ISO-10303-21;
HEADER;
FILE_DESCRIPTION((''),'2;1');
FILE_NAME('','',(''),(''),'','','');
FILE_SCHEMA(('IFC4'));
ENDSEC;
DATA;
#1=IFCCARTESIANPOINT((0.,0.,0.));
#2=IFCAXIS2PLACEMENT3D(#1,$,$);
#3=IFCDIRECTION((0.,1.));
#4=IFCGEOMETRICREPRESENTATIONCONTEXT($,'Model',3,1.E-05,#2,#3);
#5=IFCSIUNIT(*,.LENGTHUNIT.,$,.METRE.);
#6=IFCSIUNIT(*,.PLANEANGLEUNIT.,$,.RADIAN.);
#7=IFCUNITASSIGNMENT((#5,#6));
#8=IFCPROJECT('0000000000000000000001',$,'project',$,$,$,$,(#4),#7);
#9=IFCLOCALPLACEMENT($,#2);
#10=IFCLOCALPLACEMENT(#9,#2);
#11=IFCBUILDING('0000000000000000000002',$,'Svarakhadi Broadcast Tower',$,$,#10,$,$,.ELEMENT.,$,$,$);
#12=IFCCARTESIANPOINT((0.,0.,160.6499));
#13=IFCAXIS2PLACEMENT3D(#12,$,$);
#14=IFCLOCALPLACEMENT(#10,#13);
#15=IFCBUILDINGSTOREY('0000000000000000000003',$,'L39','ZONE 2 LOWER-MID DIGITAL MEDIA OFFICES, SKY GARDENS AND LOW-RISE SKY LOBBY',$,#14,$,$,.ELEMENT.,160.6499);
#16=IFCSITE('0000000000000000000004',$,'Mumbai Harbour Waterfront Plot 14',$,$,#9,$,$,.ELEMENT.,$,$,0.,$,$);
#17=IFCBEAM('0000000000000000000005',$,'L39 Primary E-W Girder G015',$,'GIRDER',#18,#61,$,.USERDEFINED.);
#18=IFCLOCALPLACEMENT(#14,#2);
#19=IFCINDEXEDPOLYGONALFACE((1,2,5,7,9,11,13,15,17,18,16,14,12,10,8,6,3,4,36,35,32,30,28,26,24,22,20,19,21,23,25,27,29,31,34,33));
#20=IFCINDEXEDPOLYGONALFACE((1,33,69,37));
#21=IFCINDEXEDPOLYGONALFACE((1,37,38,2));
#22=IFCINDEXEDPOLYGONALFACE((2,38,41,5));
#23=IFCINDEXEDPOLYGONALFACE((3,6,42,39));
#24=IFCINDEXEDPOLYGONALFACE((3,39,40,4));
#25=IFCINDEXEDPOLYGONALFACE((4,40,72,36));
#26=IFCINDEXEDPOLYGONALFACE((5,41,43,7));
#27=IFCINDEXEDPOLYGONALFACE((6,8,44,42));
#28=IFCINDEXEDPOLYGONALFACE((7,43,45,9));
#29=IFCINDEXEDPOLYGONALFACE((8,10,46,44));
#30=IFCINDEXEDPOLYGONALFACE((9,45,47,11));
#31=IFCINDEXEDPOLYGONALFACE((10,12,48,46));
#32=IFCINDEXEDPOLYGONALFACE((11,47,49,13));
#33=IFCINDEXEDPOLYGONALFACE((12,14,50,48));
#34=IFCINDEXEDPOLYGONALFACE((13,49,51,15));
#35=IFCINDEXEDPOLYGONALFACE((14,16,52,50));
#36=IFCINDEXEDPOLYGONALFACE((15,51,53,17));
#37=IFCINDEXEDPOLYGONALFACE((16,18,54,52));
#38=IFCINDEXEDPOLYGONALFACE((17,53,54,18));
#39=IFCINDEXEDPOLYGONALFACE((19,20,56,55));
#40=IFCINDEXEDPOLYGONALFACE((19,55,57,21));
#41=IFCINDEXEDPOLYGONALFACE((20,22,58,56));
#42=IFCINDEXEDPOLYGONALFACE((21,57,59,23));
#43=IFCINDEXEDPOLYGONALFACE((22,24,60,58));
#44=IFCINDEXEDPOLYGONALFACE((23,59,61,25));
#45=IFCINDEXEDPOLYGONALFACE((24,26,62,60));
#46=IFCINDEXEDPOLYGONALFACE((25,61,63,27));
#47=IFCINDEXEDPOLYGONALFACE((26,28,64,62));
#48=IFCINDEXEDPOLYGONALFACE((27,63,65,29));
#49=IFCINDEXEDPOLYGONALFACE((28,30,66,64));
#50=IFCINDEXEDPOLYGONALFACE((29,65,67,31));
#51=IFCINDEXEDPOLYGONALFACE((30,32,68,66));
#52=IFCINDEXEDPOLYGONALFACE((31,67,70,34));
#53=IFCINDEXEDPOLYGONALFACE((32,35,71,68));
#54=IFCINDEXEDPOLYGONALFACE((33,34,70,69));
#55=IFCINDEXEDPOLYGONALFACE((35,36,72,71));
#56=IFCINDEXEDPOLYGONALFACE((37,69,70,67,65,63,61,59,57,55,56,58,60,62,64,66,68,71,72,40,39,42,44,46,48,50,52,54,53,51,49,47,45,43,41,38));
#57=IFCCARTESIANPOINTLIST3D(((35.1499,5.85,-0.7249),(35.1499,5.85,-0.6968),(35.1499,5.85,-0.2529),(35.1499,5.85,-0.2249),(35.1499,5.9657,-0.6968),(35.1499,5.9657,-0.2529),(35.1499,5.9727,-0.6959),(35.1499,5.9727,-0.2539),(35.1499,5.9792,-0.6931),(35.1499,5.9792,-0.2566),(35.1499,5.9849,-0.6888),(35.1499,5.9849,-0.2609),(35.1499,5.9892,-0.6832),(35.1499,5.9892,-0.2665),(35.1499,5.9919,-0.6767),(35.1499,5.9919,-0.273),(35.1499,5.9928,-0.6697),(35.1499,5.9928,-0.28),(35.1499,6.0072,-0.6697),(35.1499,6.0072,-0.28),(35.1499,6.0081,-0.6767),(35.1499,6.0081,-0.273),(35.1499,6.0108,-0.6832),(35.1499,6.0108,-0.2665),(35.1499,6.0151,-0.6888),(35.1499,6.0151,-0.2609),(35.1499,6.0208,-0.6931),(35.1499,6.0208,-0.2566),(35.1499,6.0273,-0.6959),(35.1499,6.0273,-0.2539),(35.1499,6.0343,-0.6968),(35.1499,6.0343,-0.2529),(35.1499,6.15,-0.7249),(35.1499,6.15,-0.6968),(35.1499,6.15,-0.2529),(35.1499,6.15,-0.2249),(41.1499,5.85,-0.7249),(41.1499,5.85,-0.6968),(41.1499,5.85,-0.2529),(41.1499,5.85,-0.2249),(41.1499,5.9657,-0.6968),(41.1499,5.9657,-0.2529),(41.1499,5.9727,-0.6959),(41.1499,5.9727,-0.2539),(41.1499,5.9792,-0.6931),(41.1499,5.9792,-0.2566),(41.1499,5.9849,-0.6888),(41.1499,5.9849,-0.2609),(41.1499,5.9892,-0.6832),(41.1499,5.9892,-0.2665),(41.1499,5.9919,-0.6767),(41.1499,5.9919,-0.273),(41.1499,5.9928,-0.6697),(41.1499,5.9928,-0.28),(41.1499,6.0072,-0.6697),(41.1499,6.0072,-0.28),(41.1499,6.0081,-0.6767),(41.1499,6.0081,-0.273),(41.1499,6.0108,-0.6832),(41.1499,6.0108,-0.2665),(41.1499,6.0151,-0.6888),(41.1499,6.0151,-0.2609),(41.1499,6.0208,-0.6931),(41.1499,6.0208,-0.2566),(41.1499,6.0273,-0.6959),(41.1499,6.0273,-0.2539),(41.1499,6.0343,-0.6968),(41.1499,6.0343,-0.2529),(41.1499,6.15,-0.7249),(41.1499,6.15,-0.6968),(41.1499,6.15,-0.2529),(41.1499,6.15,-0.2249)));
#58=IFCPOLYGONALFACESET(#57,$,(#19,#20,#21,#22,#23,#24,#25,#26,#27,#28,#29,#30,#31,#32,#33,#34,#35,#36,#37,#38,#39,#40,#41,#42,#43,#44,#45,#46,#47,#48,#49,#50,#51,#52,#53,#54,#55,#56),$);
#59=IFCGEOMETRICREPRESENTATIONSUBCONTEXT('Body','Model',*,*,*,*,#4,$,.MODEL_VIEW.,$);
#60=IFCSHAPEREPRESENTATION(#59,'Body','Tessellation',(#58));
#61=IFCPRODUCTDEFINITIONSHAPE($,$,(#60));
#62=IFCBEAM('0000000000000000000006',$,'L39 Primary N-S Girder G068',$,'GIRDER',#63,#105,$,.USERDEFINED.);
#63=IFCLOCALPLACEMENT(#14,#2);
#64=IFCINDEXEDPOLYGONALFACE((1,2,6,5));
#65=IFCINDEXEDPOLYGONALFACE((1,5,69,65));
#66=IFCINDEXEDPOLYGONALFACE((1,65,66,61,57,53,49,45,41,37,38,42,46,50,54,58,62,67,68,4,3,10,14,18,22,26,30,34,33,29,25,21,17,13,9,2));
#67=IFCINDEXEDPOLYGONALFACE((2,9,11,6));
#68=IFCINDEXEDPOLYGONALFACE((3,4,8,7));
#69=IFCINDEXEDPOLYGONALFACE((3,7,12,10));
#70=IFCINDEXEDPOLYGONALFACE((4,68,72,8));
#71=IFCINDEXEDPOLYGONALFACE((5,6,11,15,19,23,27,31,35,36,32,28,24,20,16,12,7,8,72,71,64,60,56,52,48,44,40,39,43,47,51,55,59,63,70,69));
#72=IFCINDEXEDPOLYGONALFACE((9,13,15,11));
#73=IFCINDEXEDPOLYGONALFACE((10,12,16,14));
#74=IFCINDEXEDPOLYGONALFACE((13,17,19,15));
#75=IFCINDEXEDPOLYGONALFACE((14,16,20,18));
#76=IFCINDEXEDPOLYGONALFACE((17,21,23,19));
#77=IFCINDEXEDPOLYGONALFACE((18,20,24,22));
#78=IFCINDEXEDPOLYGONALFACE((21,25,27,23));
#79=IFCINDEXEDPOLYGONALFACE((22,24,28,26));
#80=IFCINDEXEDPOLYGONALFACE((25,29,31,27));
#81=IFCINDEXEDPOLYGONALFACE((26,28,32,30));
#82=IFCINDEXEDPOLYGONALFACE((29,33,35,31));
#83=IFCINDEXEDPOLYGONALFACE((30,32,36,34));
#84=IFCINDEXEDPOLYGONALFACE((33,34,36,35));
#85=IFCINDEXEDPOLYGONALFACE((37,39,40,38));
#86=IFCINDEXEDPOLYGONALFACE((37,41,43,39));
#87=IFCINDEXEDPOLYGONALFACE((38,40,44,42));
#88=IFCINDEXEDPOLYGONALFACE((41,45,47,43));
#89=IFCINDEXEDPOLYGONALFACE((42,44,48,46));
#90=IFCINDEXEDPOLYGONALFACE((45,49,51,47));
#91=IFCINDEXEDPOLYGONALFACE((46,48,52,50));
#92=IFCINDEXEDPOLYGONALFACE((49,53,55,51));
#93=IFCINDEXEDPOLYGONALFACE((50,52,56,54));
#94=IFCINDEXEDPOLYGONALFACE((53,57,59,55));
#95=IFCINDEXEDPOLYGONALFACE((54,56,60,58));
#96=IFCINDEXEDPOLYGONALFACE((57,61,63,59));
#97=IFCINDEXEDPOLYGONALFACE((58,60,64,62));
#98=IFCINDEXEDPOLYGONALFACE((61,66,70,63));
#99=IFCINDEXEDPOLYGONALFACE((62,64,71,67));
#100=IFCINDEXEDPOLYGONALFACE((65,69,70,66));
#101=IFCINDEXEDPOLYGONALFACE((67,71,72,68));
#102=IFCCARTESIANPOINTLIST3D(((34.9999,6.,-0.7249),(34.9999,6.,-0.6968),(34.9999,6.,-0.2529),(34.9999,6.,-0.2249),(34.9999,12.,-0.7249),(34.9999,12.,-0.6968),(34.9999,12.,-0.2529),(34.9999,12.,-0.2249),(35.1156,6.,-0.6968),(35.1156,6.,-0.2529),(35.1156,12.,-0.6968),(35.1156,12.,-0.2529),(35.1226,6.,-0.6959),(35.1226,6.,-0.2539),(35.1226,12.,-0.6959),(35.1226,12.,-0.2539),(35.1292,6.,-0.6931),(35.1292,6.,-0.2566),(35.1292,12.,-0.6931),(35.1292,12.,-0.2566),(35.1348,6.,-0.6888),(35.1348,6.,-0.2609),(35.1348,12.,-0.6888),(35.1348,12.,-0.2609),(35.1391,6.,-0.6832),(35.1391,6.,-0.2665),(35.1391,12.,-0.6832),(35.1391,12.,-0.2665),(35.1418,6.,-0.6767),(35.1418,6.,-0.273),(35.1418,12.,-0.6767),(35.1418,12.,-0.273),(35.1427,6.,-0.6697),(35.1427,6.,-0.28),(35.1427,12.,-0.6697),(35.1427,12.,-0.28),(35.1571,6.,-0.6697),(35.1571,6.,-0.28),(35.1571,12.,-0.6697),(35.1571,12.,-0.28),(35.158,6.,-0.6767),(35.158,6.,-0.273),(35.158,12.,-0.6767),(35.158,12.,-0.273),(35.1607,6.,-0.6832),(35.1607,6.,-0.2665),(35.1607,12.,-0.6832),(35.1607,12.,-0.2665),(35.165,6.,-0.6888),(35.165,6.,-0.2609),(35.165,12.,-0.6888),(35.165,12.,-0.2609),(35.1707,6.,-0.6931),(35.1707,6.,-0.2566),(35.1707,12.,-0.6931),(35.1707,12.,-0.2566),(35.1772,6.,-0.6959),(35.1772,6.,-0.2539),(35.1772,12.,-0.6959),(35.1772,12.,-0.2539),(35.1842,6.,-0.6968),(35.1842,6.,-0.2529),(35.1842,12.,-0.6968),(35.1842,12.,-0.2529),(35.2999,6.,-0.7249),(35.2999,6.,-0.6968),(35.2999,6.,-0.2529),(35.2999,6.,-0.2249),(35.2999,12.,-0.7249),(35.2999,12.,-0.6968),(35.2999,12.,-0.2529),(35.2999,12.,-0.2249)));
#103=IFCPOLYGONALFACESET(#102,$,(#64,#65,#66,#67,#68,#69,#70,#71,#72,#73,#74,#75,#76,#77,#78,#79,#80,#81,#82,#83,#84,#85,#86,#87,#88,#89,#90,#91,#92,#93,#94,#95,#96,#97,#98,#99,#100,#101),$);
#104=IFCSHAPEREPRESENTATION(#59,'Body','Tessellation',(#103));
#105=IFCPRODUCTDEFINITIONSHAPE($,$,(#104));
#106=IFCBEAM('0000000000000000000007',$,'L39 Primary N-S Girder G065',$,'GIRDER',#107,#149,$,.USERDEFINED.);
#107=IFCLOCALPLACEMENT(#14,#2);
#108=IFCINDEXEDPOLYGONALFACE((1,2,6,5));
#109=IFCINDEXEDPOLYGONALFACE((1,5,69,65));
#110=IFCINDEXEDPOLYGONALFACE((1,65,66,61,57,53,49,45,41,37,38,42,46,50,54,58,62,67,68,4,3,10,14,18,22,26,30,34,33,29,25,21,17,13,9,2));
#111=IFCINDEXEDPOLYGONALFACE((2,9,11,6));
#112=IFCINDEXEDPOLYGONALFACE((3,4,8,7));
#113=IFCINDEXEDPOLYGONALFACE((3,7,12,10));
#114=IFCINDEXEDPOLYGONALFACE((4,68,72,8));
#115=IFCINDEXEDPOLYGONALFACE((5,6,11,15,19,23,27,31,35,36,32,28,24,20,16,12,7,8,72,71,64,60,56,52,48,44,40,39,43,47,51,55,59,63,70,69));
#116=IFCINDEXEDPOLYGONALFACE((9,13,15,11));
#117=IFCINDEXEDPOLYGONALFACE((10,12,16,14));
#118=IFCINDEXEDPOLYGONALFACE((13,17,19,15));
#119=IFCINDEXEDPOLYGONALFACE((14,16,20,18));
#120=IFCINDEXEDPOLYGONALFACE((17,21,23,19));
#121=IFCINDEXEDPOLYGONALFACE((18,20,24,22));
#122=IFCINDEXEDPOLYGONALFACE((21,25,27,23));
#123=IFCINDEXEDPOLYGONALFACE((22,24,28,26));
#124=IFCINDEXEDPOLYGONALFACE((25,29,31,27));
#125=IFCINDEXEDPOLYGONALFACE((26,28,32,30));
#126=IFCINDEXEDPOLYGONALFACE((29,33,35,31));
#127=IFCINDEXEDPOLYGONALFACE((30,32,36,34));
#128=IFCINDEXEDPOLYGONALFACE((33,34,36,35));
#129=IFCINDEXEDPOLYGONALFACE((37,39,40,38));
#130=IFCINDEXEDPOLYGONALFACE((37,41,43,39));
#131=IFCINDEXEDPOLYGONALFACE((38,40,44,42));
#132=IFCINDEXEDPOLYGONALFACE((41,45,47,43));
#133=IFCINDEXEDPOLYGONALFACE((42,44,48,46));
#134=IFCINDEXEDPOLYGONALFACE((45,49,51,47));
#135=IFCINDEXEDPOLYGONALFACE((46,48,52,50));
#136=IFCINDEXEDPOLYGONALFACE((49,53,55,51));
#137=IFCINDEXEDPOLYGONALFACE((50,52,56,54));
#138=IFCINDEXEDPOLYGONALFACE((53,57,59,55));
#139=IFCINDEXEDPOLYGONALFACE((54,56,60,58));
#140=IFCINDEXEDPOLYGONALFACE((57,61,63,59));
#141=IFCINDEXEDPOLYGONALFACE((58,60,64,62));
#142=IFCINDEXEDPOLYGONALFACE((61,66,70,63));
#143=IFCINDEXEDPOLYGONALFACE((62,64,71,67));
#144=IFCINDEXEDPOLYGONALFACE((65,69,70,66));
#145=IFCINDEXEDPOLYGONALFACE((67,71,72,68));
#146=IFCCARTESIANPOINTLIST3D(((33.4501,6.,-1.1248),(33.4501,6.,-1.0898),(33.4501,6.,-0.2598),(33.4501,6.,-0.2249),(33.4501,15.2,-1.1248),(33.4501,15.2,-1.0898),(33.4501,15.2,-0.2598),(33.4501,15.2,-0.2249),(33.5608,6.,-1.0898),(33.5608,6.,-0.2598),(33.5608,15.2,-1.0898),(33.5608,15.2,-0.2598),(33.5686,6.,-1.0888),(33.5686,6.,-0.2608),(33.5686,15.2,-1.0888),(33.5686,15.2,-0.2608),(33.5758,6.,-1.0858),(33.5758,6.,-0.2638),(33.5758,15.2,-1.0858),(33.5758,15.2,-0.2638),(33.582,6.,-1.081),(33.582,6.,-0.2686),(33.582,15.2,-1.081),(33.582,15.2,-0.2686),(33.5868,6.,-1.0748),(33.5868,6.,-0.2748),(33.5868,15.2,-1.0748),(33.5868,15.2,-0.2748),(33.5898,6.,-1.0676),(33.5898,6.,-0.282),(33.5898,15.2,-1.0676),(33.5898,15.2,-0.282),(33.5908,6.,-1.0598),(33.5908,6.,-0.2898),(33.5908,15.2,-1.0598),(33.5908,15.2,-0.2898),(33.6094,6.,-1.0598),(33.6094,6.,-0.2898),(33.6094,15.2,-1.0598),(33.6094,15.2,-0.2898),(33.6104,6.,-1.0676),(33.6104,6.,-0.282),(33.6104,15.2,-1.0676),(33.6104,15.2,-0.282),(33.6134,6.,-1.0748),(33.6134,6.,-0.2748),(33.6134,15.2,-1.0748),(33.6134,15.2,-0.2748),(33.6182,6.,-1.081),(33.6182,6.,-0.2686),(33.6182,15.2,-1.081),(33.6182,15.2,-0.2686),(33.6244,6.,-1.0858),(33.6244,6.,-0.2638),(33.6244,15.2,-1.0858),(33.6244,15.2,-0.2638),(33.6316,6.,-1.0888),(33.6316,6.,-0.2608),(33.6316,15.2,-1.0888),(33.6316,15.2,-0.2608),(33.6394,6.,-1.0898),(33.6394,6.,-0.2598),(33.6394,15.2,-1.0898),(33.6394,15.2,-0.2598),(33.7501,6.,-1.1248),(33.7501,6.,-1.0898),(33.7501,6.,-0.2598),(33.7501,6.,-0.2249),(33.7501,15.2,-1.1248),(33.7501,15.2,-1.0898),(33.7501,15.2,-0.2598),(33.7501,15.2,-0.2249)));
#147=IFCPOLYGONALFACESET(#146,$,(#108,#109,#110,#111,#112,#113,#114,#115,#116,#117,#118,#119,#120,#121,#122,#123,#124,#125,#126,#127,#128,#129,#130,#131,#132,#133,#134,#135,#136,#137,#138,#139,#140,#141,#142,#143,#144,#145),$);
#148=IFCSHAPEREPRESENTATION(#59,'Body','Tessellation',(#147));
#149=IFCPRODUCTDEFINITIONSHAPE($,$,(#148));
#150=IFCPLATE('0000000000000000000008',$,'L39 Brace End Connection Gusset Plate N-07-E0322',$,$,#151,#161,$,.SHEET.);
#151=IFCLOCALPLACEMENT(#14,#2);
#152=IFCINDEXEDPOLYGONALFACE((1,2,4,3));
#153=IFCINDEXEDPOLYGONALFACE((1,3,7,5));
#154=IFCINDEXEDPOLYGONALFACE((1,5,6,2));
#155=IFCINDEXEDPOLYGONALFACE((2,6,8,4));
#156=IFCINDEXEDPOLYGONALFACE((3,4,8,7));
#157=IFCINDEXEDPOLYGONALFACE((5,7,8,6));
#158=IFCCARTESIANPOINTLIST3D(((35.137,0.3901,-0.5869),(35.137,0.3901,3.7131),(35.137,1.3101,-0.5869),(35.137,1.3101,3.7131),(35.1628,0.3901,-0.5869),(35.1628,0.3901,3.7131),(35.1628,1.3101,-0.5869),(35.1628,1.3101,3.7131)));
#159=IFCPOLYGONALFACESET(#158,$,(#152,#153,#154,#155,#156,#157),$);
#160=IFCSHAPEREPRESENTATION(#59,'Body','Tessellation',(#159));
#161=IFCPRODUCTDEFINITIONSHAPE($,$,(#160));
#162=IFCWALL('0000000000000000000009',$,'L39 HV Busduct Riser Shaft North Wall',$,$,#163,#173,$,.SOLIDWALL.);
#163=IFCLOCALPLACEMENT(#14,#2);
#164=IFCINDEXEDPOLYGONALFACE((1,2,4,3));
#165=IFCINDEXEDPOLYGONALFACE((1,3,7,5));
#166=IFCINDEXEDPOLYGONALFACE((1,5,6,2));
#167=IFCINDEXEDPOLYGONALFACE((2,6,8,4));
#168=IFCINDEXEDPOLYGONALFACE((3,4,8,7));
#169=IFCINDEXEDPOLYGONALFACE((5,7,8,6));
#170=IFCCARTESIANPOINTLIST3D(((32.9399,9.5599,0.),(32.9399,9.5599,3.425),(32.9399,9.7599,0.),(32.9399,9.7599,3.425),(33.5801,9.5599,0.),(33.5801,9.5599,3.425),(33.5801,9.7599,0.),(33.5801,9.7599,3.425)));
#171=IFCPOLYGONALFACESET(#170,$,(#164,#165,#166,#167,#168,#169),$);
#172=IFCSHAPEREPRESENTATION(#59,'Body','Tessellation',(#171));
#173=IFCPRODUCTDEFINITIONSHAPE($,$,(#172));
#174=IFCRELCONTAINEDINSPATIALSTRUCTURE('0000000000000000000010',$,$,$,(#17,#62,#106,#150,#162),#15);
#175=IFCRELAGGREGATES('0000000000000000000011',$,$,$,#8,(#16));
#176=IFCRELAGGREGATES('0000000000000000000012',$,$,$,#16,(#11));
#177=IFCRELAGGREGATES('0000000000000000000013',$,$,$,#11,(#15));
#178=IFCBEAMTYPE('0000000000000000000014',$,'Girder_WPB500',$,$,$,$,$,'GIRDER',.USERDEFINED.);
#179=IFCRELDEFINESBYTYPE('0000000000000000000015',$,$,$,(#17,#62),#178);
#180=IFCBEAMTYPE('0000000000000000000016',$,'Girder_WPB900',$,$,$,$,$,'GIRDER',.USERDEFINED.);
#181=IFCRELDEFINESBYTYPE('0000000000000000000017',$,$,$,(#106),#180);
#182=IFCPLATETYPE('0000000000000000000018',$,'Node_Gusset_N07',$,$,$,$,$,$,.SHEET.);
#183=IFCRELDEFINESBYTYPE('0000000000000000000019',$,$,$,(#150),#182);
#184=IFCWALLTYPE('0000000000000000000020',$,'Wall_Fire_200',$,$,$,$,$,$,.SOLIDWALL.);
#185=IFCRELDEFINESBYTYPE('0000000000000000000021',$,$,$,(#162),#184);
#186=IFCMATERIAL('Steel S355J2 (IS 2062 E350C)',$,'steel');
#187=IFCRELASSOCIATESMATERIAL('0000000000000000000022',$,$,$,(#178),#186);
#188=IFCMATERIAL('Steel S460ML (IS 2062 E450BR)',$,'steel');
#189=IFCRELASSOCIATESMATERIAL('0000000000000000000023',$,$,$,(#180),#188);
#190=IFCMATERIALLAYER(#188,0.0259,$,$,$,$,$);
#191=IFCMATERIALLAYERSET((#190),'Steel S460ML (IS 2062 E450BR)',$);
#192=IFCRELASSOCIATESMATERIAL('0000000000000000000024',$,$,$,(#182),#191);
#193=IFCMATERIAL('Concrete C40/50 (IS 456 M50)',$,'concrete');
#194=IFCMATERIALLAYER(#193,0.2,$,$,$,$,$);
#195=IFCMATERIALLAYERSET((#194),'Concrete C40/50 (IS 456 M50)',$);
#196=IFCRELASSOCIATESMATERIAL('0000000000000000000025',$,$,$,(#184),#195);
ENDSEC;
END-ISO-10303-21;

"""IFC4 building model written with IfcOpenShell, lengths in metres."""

from ifc_helpers import new_model, si_unit, direction, frame, frame_2d, origin, origin_2d, place, context, subcontext, project, spatial, rectangle, i_section, extrude, material, layer, layer_set, material_profile, profile_set, type_object, element, save


model = new_model("IFC4")

# Units and contexts
model_context = context("Model", 3, precision=1e-05, world=origin(), true_north=direction((0.0, 1.0)))
body_context = subcontext(model_context, "Body", "Model", "MODEL_VIEW")
ifc_project = project(units=[si_unit("LENGTHUNIT", "METRE"), si_unit("PLANEANGLEUNIT", "RADIAN")], contexts=[model_context])

# Site, building, storey
site_placement = place(None, origin())
site = spatial("IfcSite", under=ifc_project, at=site_placement, Name="Mumbai Harbour Waterfront Plot 14", CompositionType="ELEMENT", RefElevation=0.0)
building_placement = place(site_placement, origin())
building = spatial("IfcBuilding", under=site, at=building_placement, Name="Svarakhadi Broadcast Tower", CompositionType="ELEMENT")
storey_placement = place(building_placement, frame((0.0, 0.0, 160.6499)))
storey = spatial("IfcBuildingStorey", under=building, at=storey_placement, Name="L39", Description="ZONE 2 LOWER-MID DIGITAL MEDIA OFFICES, SKY GARDENS AND LOW-RISE SKY LOBBY", CompositionType="ELEMENT", Elevation=160.6499)

# Shared definitions
ifc_material_1 = material(Name="Steel S460ML (IS 2062 E450BR)", Category="steel")

# Beams
ifc_material_2 = material(Name="Steel S355J2 (IS 2062 E350C)", Category="steel")
ifc_material_profile_1 = material_profile(ifc_material_2, i_section(OverallWidth=0.3, OverallDepth=0.5, WebThickness=0.0144, FlangeThickness=0.0281, FilletRadius=0.0271, at=origin_2d()), Name="WPB 500x300x187")
ifc_profile_set_1 = profile_set([ifc_material_profile_1], Name="Steel S355J2 (IS 2062 E350C)")
beam_type_1 = type_object("IfcBeamType", Name="Girder_WPB500", ElementType="GIRDER", PredefinedType="USERDEFINED", material=ifc_profile_set_1)
for number, where, z_axis, x_axis, name in (
    (1, (35.1499, 6.0, -0.4749), (1.0, 0.0, 0.0), (0.0, 1.0, 0.0), "L39 Primary E-W Girder G015"),
    (2, (35.1499, 6.0, -0.4749), (0.0, 1.0, 0.0), (-1.0, 0.0, 0.0), "L39 Primary N-S Girder G068"),
):
    element("IfcBeam", number, at=place(storey_placement, frame(where, z_axis=z_axis, x_axis=x_axis)), inside=storey, type_object=beam_type_1, Name=name, ObjectType="GIRDER", PredefinedType="USERDEFINED", context=body_context, shape_type="SweptSolid", body=[
        extrude(i_section(OverallWidth=0.3, OverallDepth=0.5, WebThickness=0.0144, FlangeThickness=0.0281, FilletRadius=0.0271, at=origin_2d()), origin(), (0.0, 0.0, 1.0), 6.0),
    ])
ifc_material_profile_2 = material_profile(ifc_material_1, i_section(OverallWidth=0.3, OverallDepth=0.8999, WebThickness=0.0186, FlangeThickness=0.0349, FilletRadius=0.03, at=origin_2d()), Name="WPB 900x300x291")
ifc_profile_set_2 = profile_set([ifc_material_profile_2], Name="Steel S460ML (IS 2062 E450BR)")
beam_type_2 = type_object("IfcBeamType", Name="Girder_WPB900", ElementType="GIRDER", PredefinedType="USERDEFINED", material=ifc_profile_set_2)
beam_placement = place(storey_placement, frame((33.6001, 6.0, -0.6748), z_axis=(0.0, 1.0, 0.0), x_axis=(-1.0, 0.0, 0.0)))
element("IfcBeam", 3, at=beam_placement, inside=storey, type_object=beam_type_2, Name="L39 Primary N-S Girder G065", ObjectType="GIRDER", PredefinedType="USERDEFINED", context=body_context, shape_type="SweptSolid", body=[
    extrude(i_section(OverallWidth=0.3, OverallDepth=0.8999, WebThickness=0.0186, FlangeThickness=0.0349, FilletRadius=0.03, at=origin_2d()), origin(), (0.0, 0.0, 1.0), 9.2),
])

# Plate
ifc_layer_1 = layer(ifc_material_1, 0.0259)
ifc_layer_set_1 = layer_set([ifc_layer_1], Name="Steel S460ML (IS 2062 E450BR)")
plate_type = type_object("IfcPlateType", Name="Node_Gusset_N07", PredefinedType="SHEET", material=ifc_layer_set_1)
plate_placement = place(storey_placement, frame((35.1499, 0.8501, -0.5869), z_axis=(0.0, 0.0, 1.0), x_axis=(0.0, 1.0, 0.0)))
element("IfcPlate", 4, at=plate_placement, inside=storey, type_object=plate_type, Name="L39 Brace End Connection Gusset Plate N-07-E0322", PredefinedType="SHEET", context=body_context, shape_type="SweptSolid", body=[
    extrude(rectangle(XDim=0.9199, YDim=0.0259, at=origin_2d()), origin(), (0.0, 0.0, 1.0), 4.3),
])

# Wall
ifc_material_3 = material(Name="Concrete C40/50 (IS 456 M50)", Category="concrete")
ifc_layer_2 = layer(ifc_material_3, 0.2)
ifc_layer_set_2 = layer_set([ifc_layer_2], Name="Concrete C40/50 (IS 456 M50)")
wall_type_1 = type_object("IfcWallType", Name="Wall_Fire_200", PredefinedType="SOLIDWALL", material=ifc_layer_set_2)
wall_1_placement = place(storey_placement, frame((32.9399, 9.6599, 0.0), z_axis=(0.0, 0.0, 1.0), x_axis=(1.0, 0.0, 0.0)))
element("IfcWall", 5, at=wall_1_placement, inside=storey, type_object=wall_type_1, Name="L39 HV Busduct Riser Shaft North Wall", PredefinedType="SOLIDWALL", context=body_context, shape_type="SweptSolid", body=[
    extrude(rectangle(XDim=0.6401, YDim=0.2, at=frame_2d((0.3201, 0.0))), origin(), (0.0, 0.0, 1.0), 3.425),
])

save(model, "model.ifc")
